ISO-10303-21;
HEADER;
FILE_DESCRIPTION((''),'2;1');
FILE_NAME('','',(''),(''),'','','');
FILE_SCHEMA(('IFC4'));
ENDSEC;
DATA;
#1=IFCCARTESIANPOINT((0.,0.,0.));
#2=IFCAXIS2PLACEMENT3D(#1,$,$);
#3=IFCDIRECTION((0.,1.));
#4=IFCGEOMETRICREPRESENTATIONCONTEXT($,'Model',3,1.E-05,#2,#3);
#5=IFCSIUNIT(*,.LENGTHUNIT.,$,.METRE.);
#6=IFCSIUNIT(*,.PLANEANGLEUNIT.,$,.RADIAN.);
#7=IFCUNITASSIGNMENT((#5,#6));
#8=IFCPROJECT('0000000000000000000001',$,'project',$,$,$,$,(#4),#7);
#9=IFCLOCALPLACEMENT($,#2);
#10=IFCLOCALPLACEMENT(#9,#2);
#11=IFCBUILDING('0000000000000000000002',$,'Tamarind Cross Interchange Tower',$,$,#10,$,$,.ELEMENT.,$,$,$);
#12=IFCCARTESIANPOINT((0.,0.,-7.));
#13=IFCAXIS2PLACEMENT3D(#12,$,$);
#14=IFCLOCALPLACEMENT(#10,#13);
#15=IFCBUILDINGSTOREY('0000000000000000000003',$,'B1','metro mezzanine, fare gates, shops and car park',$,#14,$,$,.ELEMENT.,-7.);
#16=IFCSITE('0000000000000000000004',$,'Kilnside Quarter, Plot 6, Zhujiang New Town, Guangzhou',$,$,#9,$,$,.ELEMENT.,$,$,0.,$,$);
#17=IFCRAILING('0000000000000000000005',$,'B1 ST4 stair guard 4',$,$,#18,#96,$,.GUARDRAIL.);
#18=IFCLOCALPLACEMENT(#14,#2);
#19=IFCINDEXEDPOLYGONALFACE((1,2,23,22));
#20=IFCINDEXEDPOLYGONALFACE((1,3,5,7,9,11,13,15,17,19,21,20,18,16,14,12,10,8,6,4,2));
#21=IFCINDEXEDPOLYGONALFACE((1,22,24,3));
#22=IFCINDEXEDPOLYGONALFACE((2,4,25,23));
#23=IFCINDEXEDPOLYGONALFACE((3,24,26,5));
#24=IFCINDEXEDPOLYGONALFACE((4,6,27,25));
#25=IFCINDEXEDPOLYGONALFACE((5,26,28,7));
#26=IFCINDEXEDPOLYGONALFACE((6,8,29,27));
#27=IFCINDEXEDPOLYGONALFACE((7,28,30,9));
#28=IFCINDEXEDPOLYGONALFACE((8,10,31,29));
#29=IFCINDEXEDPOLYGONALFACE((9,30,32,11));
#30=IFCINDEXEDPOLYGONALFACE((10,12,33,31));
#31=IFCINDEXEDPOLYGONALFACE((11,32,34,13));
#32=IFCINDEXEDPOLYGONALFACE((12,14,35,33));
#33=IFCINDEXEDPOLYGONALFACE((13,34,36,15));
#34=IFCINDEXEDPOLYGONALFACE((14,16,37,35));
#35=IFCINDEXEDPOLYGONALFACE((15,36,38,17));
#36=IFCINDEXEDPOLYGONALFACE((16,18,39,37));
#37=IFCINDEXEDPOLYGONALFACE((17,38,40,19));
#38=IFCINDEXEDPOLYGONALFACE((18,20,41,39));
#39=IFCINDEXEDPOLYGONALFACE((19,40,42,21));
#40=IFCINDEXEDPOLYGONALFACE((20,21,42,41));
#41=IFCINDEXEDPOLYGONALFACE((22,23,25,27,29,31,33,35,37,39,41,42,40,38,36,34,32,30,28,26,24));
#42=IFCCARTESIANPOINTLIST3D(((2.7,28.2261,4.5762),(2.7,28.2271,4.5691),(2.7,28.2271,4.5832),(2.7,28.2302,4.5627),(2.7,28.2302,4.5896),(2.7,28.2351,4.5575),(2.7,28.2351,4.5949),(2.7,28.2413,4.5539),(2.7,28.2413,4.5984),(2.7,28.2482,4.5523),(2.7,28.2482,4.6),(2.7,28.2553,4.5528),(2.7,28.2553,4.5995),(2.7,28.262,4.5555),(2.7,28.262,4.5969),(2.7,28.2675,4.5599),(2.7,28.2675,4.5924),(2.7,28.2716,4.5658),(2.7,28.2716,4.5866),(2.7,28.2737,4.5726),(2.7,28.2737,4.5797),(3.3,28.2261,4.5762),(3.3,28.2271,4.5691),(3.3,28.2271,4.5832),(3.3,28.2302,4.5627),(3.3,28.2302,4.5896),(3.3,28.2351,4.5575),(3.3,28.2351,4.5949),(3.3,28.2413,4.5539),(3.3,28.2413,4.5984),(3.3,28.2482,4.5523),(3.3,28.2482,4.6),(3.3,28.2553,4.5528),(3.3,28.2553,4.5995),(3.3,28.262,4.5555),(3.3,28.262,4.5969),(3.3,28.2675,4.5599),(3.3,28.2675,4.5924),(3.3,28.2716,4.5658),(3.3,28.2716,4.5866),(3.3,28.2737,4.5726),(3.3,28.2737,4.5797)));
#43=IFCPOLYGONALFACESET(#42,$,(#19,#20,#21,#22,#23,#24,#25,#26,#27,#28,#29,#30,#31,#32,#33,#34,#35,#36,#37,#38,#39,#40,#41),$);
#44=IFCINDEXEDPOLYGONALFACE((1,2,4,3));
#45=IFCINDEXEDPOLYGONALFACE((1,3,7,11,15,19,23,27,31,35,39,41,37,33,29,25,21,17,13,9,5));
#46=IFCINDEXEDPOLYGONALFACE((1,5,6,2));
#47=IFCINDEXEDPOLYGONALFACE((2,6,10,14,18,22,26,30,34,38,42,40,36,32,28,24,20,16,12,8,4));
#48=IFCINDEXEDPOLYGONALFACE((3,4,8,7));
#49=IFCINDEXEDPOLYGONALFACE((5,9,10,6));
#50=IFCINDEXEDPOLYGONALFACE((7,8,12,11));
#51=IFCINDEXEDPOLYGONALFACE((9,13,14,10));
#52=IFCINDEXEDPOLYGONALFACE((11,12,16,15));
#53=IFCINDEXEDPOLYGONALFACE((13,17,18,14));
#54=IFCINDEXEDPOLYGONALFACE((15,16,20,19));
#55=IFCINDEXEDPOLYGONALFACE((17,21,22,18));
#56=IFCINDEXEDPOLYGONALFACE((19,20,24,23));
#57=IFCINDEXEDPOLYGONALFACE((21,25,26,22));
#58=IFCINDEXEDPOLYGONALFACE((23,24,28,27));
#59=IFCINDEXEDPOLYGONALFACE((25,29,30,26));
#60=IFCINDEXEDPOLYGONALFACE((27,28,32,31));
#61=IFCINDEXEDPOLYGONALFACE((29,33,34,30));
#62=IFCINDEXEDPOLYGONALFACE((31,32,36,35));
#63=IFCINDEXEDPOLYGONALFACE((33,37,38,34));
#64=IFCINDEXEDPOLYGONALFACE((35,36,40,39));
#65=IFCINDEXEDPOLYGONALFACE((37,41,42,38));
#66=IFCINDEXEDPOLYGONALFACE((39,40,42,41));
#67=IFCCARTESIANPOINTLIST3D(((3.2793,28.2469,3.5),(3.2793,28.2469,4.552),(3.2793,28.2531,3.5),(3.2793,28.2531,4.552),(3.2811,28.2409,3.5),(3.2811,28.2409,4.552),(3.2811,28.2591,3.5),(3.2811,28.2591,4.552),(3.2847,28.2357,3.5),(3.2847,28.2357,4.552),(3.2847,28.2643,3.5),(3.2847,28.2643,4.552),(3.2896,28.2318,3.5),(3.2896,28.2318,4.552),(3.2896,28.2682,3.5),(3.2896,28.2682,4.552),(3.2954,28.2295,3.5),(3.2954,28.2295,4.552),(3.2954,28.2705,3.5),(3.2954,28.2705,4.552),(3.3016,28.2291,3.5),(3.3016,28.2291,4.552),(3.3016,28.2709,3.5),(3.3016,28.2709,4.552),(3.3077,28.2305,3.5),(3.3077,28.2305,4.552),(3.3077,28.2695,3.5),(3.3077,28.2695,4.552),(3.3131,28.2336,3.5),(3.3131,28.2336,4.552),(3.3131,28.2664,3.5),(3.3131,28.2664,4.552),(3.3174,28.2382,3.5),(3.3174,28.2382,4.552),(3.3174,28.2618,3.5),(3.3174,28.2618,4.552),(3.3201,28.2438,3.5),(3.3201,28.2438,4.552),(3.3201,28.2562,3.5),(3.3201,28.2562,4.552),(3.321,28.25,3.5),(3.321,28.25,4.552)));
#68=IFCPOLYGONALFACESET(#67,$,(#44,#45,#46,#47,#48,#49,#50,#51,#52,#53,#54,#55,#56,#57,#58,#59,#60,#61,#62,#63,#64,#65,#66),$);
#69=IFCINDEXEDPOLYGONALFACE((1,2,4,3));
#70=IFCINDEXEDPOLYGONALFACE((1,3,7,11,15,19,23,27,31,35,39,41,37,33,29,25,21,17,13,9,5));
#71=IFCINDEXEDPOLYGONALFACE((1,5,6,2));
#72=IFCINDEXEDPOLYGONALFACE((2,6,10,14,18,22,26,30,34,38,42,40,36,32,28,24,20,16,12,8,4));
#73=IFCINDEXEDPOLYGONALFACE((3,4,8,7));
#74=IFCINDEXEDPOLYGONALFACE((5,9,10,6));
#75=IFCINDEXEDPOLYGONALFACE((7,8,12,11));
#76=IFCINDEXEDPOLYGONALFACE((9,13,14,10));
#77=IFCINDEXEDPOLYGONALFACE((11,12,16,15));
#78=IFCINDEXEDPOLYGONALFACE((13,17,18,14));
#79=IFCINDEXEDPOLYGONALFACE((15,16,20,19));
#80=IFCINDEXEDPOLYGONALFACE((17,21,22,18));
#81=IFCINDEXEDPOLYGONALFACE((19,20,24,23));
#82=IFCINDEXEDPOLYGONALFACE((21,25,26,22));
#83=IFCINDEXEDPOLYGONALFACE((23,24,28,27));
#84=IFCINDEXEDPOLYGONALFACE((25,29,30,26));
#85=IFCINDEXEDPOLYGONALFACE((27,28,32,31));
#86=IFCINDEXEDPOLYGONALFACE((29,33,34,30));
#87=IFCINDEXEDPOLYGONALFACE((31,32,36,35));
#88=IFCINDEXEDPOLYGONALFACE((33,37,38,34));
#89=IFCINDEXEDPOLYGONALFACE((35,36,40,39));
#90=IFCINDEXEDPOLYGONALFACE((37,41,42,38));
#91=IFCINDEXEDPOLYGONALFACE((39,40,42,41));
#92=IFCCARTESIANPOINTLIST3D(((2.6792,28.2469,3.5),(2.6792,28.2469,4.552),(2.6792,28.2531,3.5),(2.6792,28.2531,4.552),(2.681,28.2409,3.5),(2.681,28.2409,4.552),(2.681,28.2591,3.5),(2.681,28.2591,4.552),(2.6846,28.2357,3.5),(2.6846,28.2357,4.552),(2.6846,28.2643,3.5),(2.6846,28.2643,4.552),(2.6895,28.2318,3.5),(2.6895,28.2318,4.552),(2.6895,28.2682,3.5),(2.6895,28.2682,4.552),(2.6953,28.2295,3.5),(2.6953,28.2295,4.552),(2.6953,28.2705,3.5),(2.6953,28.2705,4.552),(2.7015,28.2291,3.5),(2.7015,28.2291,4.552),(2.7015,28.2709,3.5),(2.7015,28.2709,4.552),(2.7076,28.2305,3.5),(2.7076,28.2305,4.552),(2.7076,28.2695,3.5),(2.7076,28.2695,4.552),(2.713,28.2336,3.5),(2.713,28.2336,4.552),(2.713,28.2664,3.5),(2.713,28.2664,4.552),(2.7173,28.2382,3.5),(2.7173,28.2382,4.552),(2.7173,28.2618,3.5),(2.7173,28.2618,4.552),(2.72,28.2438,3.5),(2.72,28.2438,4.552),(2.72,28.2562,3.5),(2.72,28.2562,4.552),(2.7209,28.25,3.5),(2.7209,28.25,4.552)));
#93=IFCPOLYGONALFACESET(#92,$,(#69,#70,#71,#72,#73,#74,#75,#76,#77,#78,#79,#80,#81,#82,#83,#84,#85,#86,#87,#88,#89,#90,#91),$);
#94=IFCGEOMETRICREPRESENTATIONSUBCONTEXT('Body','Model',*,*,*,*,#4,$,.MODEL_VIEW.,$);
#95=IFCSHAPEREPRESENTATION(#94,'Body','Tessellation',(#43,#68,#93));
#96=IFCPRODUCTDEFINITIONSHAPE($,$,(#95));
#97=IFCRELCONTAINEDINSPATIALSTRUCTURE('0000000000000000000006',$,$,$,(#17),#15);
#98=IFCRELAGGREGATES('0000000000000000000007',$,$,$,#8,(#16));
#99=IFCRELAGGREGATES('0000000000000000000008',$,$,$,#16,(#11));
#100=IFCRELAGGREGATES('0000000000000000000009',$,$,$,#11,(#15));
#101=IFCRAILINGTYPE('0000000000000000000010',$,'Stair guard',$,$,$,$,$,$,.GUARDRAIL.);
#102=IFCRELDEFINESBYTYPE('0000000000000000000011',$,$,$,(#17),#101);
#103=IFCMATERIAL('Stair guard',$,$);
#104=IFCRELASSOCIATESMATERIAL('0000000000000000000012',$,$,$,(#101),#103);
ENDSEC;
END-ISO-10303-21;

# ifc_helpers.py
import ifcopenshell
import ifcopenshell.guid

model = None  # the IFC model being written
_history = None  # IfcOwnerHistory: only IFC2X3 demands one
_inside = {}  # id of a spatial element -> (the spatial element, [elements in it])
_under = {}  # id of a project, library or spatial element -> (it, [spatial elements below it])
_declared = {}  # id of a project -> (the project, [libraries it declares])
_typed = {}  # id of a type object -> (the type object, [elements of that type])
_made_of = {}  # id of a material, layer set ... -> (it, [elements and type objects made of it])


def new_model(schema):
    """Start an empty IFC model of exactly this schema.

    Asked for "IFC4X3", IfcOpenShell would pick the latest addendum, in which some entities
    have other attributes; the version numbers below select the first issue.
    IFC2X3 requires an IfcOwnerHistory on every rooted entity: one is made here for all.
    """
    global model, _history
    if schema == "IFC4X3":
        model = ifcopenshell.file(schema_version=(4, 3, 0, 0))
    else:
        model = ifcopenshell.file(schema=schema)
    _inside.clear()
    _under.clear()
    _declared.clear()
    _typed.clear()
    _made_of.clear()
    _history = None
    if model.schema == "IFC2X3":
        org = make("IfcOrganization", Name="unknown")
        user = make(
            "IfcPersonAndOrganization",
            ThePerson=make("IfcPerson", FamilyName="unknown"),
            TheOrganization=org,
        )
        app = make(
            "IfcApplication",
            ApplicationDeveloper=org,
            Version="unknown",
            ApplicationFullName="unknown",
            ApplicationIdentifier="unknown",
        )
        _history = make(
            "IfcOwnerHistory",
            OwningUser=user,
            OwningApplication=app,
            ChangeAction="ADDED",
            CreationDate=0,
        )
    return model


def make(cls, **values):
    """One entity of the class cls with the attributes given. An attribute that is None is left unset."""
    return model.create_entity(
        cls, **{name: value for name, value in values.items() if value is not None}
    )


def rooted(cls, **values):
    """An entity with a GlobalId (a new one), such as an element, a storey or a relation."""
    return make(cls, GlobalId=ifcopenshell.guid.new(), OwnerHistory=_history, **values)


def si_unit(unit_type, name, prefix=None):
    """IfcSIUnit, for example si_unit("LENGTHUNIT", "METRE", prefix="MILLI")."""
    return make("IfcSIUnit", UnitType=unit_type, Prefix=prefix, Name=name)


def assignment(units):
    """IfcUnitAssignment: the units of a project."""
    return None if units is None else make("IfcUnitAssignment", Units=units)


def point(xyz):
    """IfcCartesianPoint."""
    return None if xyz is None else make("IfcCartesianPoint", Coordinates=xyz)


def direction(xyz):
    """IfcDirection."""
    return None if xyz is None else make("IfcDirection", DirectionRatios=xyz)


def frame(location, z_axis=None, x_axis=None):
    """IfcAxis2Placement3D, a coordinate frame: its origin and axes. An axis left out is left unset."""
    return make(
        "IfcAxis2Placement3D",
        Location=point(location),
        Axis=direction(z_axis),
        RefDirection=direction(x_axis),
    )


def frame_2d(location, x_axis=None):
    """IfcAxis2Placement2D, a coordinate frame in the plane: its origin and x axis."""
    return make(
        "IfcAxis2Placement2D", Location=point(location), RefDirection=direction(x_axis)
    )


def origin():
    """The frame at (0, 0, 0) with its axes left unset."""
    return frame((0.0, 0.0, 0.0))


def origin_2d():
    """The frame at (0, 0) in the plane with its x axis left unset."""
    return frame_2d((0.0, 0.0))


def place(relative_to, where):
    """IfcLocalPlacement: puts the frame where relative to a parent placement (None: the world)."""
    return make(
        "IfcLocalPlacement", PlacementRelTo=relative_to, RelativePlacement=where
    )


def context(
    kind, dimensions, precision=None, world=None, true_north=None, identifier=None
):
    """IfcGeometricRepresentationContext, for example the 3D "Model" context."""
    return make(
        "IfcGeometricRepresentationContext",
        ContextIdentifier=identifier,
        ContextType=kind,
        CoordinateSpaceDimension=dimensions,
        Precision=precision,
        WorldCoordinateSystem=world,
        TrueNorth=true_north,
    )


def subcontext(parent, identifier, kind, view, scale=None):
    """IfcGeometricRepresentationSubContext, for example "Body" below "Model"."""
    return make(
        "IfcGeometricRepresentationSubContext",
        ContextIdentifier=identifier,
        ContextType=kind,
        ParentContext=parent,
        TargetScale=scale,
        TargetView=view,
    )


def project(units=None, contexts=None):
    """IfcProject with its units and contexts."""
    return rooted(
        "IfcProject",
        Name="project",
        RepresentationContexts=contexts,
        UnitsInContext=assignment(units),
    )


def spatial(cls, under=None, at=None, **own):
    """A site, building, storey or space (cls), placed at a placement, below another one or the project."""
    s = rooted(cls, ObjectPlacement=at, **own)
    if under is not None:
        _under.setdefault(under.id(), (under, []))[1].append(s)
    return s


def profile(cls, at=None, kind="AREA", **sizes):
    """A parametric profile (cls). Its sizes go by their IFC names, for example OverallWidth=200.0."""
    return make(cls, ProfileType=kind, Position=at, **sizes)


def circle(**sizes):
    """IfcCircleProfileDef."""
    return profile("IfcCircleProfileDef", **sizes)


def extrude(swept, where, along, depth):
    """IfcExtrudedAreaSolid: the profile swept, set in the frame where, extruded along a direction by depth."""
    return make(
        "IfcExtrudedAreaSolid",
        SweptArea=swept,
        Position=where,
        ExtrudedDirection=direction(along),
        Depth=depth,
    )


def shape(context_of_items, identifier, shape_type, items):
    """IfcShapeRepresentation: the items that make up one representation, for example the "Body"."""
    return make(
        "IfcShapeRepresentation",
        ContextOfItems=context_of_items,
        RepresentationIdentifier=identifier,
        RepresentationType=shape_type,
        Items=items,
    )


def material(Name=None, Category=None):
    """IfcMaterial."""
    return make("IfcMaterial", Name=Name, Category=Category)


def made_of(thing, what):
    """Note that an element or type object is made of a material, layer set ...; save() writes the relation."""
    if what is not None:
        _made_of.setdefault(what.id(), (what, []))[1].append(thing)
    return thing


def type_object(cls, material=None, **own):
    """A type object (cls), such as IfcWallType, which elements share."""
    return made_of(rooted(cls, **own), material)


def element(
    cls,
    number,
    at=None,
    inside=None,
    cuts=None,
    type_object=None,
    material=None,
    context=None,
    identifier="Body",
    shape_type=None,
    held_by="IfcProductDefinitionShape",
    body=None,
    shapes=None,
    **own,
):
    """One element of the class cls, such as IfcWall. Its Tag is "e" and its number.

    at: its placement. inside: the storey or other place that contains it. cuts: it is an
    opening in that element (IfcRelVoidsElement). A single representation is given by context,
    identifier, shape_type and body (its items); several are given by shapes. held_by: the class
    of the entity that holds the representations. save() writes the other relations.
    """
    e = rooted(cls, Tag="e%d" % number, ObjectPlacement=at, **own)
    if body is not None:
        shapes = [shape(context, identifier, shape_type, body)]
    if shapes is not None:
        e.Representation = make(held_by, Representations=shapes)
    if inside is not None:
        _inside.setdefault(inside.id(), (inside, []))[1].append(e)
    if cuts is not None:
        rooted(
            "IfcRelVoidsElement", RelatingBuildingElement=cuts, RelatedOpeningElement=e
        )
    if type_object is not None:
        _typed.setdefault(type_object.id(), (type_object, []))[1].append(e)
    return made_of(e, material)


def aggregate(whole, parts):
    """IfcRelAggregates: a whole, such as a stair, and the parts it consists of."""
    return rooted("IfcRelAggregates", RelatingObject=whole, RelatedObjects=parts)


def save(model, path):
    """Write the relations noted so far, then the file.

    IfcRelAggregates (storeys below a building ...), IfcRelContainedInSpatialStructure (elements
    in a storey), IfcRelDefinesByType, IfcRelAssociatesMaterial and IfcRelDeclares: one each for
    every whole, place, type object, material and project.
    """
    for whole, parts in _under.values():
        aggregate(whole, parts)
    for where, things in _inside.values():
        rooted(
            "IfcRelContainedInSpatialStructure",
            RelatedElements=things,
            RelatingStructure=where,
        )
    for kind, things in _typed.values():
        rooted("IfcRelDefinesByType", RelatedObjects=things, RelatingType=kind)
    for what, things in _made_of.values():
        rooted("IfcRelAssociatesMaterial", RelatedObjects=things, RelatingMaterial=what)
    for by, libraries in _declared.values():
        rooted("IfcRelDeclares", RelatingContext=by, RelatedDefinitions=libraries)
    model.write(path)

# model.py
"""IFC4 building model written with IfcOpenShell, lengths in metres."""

from ifc_helpers import new_model, si_unit, direction, frame, origin, origin_2d, place, context, subcontext, project, spatial, circle, extrude, material, type_object, element, save


model = new_model("IFC4")

# Units and contexts
model_context = context("Model", 3, precision=1e-05, world=origin(), true_north=direction((0.0, 1.0)))
body_context = subcontext(model_context, "Body", "Model", "MODEL_VIEW")
ifc_project = project(units=[si_unit("LENGTHUNIT", "METRE"), si_unit("PLANEANGLEUNIT", "RADIAN")], contexts=[model_context])

# Site, building, storey
site_placement = place(None, origin())
site = spatial("IfcSite", under=ifc_project, at=site_placement, Name="Kilnside Quarter, Plot 6, Zhujiang New Town, Guangzhou", CompositionType="ELEMENT", RefElevation=0.0)
building_placement = place(site_placement, origin())
building = spatial("IfcBuilding", under=site, at=building_placement, Name="Tamarind Cross Interchange Tower", CompositionType="ELEMENT")
storey_placement = place(building_placement, frame((0.0, 0.0, -7.0)))
storey = spatial("IfcBuildingStorey", under=building, at=storey_placement, Name="B1", Description="metro mezzanine, fare gates, shops and car park", CompositionType="ELEMENT", Elevation=-7.0)

# Railing
ifc_material_1 = material(Name="Stair guard")
railing_type_1 = type_object("IfcRailingType", Name="Stair guard", PredefinedType="GUARDRAIL", material=ifc_material_1)
railing_1_placement = place(storey_placement, frame((3.3, 28.25, 3.5)))
element("IfcRailing", 1, at=railing_1_placement, inside=storey, type_object=railing_type_1, Name="B1 ST4 stair guard 4", PredefinedType="GUARDRAIL", context=body_context, shape_type="SweptSolid", body=[
    extrude(circle(Radius=0.0239, at=origin_2d()), frame((0.0, 0.0, 1.0762), z_axis=(-1.0, 0.0, 0.0), x_axis=(0.0, -1.0, 0.0)), (0.0, 0.0, 1.0), 0.6001),
    extrude(circle(Radius=0.021, at=origin_2d()), origin(), (0.0, 0.0, 1.0), 1.052),
    extrude(circle(Radius=0.021, at=origin_2d()), frame((-0.6001, 0.0, 0.0)), (0.0, 0.0, 1.0), 1.052),
])

save(model, "model.ifc")
